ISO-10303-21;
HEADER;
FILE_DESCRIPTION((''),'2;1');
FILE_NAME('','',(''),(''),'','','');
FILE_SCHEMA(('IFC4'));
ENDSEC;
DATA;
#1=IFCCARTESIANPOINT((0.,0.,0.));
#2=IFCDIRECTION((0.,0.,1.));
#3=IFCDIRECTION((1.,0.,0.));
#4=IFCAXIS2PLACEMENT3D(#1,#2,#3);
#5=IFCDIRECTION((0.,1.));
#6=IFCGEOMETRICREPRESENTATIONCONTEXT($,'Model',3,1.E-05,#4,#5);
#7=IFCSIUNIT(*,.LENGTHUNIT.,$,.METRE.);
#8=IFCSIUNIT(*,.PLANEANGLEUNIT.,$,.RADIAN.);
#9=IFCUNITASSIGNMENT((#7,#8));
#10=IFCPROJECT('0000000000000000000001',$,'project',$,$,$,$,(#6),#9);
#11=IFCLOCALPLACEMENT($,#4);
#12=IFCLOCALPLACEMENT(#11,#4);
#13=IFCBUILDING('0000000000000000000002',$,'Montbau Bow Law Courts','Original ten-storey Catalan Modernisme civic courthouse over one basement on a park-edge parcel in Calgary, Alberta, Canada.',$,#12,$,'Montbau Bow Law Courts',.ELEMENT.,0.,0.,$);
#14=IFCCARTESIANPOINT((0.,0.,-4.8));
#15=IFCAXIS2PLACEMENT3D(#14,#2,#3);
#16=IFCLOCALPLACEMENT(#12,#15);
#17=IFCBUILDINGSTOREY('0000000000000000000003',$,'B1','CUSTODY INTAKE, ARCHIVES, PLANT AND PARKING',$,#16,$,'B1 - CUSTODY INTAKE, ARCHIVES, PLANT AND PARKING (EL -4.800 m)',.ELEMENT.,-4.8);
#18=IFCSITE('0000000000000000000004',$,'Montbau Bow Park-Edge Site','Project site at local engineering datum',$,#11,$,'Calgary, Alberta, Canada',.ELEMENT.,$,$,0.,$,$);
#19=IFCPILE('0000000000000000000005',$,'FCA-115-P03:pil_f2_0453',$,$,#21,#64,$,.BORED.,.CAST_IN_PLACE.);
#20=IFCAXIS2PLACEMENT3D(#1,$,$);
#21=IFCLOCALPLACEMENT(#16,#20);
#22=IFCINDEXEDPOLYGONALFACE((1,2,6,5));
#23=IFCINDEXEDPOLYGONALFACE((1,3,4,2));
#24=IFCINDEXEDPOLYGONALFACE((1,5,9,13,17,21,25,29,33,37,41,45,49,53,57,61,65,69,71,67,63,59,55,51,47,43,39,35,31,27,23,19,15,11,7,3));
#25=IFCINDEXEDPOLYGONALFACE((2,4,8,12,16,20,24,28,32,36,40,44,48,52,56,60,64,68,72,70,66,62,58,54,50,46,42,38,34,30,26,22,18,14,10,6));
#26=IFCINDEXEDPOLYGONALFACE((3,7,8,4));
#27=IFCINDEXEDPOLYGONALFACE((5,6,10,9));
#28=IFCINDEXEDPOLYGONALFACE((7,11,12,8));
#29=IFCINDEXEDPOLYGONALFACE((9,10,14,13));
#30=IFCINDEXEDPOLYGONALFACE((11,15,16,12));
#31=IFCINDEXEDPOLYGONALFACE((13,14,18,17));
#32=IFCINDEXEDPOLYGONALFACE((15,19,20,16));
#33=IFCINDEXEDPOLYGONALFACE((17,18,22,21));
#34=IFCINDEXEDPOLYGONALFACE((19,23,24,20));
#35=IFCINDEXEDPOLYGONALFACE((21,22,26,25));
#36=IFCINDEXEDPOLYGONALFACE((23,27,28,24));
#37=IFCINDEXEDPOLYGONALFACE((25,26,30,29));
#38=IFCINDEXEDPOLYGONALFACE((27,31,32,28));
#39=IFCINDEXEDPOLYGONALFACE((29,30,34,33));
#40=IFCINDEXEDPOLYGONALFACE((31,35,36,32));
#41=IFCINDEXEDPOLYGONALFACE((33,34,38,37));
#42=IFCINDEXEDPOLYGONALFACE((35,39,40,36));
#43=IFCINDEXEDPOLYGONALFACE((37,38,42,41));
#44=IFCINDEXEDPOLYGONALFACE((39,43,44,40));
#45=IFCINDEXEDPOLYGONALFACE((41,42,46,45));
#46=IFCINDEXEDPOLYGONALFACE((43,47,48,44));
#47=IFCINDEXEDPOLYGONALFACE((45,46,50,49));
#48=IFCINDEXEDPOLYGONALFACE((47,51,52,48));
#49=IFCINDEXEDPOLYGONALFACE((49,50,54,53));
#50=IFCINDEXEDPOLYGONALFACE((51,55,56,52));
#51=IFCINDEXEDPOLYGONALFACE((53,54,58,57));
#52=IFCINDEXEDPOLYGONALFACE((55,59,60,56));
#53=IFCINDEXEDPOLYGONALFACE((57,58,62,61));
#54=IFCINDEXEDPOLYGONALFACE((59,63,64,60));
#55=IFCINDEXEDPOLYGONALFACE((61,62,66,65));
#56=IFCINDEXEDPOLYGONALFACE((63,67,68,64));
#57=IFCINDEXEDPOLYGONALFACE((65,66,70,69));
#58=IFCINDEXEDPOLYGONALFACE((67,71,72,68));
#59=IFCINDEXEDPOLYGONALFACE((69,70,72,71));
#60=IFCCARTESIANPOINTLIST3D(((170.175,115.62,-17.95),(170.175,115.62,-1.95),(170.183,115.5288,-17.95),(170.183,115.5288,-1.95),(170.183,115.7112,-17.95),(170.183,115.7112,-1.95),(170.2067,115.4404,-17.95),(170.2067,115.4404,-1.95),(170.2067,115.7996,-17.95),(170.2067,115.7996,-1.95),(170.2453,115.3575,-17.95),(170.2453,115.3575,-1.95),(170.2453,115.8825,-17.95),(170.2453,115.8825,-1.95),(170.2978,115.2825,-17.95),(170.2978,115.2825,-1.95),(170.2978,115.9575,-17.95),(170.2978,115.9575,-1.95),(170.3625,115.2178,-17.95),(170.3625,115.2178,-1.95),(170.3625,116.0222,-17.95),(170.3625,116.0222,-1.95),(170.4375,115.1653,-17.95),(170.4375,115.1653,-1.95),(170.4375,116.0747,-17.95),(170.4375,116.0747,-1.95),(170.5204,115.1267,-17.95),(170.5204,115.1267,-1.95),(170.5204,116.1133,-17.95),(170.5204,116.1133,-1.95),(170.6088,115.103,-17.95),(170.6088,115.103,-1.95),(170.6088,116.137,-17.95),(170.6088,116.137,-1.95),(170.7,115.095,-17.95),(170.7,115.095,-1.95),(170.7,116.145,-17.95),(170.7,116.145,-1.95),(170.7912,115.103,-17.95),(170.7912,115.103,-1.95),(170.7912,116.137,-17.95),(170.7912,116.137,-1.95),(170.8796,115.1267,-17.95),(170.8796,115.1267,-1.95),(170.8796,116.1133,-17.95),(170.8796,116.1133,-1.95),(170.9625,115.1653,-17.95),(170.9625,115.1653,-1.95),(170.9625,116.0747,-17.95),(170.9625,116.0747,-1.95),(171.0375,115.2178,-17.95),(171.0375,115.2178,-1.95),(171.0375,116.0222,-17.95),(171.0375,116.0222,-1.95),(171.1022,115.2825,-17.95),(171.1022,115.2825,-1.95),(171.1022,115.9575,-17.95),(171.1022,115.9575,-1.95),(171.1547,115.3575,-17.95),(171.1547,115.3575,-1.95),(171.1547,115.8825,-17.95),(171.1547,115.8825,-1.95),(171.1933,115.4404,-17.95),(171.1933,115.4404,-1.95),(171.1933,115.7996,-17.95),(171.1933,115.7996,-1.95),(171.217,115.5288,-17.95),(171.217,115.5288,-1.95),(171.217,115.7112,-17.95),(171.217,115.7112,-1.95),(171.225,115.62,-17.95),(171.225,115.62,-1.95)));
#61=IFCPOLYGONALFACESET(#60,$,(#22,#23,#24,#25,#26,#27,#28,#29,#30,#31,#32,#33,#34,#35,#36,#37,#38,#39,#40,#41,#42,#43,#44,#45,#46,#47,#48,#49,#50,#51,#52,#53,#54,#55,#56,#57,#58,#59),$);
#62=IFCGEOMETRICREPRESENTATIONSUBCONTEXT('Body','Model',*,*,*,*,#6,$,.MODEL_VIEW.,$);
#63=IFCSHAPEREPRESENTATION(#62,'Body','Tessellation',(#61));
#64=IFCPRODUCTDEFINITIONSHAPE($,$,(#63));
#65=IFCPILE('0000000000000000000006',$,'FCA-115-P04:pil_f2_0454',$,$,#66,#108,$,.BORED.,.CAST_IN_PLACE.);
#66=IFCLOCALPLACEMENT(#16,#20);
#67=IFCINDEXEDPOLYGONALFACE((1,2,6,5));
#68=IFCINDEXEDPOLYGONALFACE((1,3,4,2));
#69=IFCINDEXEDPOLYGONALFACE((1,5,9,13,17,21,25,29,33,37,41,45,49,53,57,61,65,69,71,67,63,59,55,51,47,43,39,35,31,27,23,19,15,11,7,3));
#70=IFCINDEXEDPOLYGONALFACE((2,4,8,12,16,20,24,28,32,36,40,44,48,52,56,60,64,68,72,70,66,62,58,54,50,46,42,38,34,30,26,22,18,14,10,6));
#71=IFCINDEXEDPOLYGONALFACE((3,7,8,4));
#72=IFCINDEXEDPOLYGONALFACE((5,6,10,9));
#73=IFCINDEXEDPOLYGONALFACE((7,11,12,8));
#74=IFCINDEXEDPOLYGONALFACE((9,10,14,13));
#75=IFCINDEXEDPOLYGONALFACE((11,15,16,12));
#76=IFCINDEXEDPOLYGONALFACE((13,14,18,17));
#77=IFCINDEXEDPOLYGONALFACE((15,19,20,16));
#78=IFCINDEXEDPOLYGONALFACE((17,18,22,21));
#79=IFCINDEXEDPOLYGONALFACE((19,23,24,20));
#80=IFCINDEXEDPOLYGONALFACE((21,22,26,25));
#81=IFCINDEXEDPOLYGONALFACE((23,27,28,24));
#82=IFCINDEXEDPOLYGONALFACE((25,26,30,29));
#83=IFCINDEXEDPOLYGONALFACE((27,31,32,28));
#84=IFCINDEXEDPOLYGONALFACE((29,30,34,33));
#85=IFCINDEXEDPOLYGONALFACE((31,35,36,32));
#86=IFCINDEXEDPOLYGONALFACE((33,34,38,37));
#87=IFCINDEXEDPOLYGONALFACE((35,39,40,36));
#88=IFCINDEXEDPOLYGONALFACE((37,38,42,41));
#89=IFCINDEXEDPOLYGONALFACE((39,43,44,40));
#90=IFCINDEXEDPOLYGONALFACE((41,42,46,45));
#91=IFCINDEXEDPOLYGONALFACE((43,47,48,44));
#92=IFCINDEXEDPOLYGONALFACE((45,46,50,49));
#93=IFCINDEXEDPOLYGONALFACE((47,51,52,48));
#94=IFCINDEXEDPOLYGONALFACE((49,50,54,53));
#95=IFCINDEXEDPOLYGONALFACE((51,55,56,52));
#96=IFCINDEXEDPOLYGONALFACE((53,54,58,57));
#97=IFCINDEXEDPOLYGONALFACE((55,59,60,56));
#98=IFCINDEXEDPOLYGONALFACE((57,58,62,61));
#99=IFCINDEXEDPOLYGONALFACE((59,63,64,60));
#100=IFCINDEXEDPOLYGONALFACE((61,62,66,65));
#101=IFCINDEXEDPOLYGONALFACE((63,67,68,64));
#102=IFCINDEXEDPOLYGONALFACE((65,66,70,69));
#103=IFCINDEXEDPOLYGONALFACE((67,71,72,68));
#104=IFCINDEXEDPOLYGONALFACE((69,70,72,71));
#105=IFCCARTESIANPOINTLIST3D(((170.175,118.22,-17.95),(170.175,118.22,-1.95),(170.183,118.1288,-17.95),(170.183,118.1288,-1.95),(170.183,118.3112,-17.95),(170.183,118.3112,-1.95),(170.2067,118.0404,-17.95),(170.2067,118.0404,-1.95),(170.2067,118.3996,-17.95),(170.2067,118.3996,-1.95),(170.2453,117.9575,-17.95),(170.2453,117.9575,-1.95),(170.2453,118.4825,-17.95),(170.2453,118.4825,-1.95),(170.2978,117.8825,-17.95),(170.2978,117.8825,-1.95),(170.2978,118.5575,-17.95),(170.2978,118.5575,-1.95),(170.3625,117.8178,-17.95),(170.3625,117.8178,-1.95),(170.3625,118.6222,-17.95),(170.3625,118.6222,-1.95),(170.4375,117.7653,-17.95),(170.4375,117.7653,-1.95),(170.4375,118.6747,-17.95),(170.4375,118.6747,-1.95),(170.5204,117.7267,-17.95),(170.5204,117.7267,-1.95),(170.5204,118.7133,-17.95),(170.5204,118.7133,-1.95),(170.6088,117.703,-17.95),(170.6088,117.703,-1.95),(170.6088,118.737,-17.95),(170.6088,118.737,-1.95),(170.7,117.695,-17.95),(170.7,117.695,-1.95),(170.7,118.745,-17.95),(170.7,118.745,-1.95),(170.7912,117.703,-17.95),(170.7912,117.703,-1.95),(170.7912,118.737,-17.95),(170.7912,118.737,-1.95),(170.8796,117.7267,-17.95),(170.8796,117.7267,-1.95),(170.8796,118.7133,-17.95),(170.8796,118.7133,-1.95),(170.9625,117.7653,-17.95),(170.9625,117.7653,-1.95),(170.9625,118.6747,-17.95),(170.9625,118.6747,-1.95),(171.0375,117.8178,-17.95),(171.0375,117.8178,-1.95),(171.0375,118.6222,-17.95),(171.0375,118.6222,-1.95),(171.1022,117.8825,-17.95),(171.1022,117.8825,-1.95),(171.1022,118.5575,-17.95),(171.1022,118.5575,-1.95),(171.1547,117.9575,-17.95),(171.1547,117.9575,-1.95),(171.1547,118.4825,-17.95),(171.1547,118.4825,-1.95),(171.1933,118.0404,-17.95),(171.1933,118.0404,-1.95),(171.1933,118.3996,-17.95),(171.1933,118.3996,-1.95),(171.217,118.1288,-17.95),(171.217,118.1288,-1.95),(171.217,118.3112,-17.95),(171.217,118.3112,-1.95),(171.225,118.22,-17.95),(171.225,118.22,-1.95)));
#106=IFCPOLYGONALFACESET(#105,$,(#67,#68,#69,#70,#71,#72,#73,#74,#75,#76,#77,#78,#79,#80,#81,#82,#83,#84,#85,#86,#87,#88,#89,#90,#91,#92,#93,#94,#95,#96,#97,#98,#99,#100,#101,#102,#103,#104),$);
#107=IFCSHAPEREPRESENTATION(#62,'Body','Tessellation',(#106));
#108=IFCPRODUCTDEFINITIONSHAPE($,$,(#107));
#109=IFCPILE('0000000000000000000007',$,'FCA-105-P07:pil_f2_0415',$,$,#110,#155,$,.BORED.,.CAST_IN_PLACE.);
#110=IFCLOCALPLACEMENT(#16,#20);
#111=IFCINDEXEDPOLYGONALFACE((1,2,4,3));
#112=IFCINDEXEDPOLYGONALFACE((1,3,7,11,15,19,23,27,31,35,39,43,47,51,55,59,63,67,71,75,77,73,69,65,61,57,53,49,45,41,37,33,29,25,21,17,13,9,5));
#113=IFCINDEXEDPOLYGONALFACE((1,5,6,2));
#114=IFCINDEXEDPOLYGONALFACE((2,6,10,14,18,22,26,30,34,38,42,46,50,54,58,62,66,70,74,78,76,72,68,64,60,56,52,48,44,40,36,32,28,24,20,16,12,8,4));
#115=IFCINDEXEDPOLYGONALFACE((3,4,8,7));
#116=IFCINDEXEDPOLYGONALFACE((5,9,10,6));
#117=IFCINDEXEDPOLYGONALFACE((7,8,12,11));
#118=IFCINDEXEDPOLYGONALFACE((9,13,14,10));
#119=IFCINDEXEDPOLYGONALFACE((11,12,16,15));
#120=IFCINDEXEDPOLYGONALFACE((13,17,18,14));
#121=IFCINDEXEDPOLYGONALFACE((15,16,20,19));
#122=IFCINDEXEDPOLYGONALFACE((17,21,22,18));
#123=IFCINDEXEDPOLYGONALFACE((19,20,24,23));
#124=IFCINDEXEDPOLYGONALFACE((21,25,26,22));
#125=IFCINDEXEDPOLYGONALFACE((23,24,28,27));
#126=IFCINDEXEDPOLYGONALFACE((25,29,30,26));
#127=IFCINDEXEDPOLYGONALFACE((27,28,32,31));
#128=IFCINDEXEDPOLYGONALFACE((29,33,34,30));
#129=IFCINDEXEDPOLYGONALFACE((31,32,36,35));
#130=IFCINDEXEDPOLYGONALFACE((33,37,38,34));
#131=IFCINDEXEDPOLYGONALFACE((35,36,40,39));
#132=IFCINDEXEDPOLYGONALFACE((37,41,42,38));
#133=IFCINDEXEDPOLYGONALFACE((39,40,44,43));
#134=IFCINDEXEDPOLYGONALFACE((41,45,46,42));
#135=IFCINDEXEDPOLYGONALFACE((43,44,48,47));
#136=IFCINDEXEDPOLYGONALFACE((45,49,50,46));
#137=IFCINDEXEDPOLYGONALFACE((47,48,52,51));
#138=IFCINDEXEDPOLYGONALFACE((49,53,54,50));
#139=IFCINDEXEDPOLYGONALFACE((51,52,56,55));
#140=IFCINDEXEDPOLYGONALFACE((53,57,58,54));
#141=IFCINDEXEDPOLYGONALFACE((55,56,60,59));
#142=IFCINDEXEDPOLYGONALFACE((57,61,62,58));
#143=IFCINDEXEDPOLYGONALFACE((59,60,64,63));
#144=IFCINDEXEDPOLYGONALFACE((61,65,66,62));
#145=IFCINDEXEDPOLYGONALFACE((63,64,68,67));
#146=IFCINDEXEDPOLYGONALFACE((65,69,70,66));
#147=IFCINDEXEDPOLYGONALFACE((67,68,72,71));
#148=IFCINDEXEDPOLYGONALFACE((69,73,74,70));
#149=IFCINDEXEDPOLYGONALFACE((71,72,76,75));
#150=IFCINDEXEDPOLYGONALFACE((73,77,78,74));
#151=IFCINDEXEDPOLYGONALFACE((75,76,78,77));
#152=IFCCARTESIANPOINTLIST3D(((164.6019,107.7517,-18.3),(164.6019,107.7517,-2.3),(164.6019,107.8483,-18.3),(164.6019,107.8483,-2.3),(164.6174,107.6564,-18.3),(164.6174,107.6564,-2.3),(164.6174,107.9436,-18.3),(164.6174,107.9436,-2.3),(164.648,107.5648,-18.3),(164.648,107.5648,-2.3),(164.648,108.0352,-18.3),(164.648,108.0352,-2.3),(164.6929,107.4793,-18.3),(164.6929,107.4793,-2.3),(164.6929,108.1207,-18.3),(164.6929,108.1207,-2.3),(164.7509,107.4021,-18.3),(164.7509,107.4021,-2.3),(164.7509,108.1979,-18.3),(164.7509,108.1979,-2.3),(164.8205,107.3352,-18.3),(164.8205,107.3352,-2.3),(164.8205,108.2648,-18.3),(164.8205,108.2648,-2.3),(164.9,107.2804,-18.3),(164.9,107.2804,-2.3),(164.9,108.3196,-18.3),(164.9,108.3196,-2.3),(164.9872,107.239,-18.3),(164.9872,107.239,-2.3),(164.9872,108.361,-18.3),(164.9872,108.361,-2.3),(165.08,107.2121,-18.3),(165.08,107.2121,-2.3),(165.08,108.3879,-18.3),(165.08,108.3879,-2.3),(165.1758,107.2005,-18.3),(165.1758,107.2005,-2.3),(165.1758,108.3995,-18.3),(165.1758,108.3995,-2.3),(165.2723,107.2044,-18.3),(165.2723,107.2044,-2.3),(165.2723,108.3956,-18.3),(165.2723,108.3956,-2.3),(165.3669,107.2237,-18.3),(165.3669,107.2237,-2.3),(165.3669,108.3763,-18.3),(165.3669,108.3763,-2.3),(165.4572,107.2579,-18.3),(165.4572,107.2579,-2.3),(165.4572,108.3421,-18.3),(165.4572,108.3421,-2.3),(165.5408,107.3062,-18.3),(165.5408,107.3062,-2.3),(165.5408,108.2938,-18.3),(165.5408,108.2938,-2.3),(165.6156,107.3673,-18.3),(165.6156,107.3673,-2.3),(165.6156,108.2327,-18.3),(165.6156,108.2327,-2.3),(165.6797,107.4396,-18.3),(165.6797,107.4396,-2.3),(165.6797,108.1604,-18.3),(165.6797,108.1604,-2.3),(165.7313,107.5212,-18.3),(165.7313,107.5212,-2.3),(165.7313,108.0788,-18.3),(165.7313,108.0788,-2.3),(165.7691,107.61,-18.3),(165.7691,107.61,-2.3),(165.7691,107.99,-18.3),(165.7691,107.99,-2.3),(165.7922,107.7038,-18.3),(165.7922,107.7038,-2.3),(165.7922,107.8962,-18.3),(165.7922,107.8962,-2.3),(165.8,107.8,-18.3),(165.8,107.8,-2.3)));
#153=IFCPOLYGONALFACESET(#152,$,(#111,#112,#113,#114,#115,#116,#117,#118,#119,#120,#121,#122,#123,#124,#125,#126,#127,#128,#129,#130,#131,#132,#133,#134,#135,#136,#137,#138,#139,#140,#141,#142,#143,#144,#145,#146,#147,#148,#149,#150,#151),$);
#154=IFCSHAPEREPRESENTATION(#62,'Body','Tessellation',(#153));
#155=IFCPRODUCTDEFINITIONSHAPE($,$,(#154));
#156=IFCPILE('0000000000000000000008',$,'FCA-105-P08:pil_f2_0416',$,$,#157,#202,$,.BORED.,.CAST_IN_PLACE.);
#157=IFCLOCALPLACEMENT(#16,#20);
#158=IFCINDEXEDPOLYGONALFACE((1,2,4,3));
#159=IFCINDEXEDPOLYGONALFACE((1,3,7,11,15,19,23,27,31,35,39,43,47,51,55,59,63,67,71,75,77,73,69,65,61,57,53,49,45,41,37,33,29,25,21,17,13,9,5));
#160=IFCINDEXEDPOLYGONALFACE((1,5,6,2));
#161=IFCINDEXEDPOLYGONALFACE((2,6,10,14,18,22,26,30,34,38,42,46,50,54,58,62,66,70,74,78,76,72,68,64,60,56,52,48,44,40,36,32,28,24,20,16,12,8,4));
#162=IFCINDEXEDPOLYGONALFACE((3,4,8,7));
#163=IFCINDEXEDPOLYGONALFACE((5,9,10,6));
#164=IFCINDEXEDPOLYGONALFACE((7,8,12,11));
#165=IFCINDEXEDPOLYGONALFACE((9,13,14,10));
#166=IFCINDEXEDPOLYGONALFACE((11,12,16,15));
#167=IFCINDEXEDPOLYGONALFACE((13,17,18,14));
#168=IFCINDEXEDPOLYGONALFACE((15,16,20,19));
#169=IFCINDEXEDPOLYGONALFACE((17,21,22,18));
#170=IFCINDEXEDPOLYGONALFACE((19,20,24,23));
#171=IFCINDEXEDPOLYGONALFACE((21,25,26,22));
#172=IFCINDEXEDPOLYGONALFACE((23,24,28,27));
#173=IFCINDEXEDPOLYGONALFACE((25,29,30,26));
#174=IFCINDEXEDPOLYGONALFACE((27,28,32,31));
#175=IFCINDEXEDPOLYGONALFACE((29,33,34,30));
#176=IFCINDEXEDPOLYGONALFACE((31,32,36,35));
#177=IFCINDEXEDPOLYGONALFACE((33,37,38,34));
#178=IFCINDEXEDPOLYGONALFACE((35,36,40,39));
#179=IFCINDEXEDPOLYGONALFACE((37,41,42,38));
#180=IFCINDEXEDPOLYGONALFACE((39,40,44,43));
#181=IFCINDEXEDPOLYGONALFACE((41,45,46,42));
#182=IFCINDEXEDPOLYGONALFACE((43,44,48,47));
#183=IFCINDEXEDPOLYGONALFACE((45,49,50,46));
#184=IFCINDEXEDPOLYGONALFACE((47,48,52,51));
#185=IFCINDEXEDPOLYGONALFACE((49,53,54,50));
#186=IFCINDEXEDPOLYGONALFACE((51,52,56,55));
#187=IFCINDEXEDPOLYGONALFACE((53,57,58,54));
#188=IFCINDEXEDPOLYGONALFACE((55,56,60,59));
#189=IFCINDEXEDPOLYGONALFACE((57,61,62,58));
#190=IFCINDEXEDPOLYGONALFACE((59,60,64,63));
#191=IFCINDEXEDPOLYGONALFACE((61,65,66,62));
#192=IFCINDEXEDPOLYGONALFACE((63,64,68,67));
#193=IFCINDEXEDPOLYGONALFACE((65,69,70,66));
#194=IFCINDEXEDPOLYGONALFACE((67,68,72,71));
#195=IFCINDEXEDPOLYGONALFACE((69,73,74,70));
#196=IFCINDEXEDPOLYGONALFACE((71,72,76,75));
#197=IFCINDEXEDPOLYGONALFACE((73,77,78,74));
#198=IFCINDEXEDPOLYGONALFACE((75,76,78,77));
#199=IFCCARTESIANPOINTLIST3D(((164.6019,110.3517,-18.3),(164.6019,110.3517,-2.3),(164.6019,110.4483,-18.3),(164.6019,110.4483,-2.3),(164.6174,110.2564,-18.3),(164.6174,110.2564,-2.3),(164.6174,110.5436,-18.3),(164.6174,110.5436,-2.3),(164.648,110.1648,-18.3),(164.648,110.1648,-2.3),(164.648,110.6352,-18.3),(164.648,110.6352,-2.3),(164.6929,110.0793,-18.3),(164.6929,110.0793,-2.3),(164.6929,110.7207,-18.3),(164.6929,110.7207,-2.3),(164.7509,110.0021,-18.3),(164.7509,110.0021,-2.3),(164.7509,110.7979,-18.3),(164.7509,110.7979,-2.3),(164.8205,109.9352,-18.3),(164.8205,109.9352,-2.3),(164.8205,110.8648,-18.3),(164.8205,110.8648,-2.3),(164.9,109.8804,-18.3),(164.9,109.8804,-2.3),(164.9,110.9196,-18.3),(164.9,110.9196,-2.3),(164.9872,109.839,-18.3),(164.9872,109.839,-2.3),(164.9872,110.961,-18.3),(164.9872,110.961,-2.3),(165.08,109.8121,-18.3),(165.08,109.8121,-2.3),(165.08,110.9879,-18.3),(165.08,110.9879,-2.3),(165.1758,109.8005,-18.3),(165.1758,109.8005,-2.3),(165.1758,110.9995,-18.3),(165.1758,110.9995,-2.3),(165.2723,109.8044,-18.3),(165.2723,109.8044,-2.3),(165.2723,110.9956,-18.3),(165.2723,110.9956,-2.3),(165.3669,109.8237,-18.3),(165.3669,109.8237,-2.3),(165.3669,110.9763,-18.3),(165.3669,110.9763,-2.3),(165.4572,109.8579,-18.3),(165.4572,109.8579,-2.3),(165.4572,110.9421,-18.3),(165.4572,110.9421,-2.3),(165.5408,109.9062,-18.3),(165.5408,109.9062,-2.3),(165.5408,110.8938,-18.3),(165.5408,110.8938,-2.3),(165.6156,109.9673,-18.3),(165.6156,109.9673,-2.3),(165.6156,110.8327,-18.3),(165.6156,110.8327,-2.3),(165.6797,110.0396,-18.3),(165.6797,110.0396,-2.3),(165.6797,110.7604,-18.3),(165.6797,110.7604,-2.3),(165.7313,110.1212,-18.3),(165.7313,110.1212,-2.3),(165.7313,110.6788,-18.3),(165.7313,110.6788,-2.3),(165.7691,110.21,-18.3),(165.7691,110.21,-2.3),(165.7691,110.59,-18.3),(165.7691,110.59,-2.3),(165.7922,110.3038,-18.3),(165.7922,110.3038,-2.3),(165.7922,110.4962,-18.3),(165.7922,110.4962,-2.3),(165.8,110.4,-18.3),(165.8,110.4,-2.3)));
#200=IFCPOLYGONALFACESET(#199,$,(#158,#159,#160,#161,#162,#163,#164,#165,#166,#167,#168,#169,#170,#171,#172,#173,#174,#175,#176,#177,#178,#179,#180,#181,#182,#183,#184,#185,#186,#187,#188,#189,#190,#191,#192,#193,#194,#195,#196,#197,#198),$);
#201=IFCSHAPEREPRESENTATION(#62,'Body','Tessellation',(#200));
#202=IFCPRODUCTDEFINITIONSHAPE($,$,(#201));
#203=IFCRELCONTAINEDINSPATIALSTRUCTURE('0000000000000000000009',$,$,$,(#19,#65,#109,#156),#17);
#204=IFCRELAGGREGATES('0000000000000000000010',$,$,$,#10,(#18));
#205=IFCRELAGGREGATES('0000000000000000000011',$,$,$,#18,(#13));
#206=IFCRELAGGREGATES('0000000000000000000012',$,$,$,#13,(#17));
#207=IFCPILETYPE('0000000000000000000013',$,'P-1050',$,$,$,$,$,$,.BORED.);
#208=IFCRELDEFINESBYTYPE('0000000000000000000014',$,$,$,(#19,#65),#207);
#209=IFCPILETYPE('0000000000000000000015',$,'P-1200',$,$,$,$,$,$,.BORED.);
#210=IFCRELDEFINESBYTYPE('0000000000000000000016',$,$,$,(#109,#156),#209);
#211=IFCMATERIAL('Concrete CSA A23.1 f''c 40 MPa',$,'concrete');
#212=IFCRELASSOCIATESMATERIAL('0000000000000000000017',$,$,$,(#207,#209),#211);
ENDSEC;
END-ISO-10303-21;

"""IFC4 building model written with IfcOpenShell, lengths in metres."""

from ifc_helpers import new_model, si_unit, direction, frame, origin_with_axes, origin_2d_with_axis, place, context, subcontext, project, spatial, circle, extrude, material, material_profile, profile_set, type_object, element, save


model = new_model("IFC4")

# Units and contexts
model_context = context("Model", 3, precision=1e-05, world=origin_with_axes(), true_north=direction((0.0, 1.0)))
body_context = subcontext(model_context, "Body", "Model", "MODEL_VIEW")
ifc_project = project(units=[si_unit("LENGTHUNIT", "METRE"), si_unit("PLANEANGLEUNIT", "RADIAN")], contexts=[model_context])

# Site, building, storey
site_placement = place(None, origin_with_axes())
site = spatial("IfcSite", under=ifc_project, at=site_placement, Name="Montbau Bow Park-Edge Site", Description="Project site at local engineering datum", LongName="Calgary, Alberta, Canada", CompositionType="ELEMENT", RefElevation=0.0)
building_placement = place(site_placement, origin_with_axes())
building = spatial("IfcBuilding", under=site, at=building_placement, Name="Montbau Bow Law Courts", Description="Original ten-storey Catalan Modernisme civic courthouse over one basement on a park-edge parcel in Calgary, Alberta, Canada.", LongName="Montbau Bow Law Courts", CompositionType="ELEMENT", ElevationOfRefHeight=0.0, ElevationOfTerrain=0.0)
storey_placement = place(building_placement, frame((0.0, 0.0, -4.8), z_axis=(0.0, 0.0, 1.0), x_axis=(1.0, 0.0, 0.0)))
storey = spatial("IfcBuildingStorey", under=building, at=storey_placement, Name="B1", Description="CUSTODY INTAKE, ARCHIVES, PLANT AND PARKING", LongName="B1 - CUSTODY INTAKE, ARCHIVES, PLANT AND PARKING (EL -4.800 m)", CompositionType="ELEMENT", Elevation=-4.8)

# Piles
ifc_material_1 = material(Name="Concrete CSA A23.1 f'c 40 MPa", Category="concrete")
ifc_material_profile_1 = material_profile(ifc_material_1, circle(Radius=0.525, at=origin_2d_with_axis()), Name="BP1050", Category="Main", Priority=0)
ifc_profile_set_1 = profile_set([ifc_material_profile_1], Name="Concrete CSA A23.1 f'c 40 MPa")
pile_type_1 = type_object("IfcPileType", Name="P-1050", PredefinedType="BORED", material=ifc_profile_set_1)
for number, where, z_axis, x_axis, name in (
    (1, (170.7, 115.62, -22.75), (0.0, 0.0, 1.0), (1.0, 0.0, 0.0), "FCA-115-P03:pil_f2_0453"),
    (2, (170.7, 118.22, -22.75), (0.0, 0.0, 1.0), (1.0, 0.0, 0.0), "FCA-115-P04:pil_f2_0454"),
):
    element("IfcPile", number, at=place(None, frame(where, z_axis=z_axis, x_axis=x_axis)), inside=storey, type_object=pile_type_1, Name=name, ConstructionType="CAST_IN_PLACE", PredefinedType="BORED", context=body_context, shape_type="SweptSolid", body=[
        extrude(circle(Radius=0.525, at=origin_2d_with_axis()), origin_with_axes(), (0.0, 0.0, 1.0), 16.0),
    ])
ifc_material_profile_2 = material_profile(ifc_material_1, circle(Radius=0.6, at=origin_2d_with_axis()), Name="BP1200", Category="Main", Priority=0)
ifc_profile_set_2 = profile_set([ifc_material_profile_2], Name="Concrete CSA A23.1 f'c 40 MPa")
pile_type_2 = type_object("IfcPileType", Name="P-1200", PredefinedType="BORED", material=ifc_profile_set_2)
for number, where, z_axis, x_axis, name in (
    (3, (165.2, 107.8, -23.1), (0.0, 0.0, 1.0), (1.0, 0.0, 0.0), "FCA-105-P07:pil_f2_0415"),
    (4, (165.2, 110.4, -23.1), (0.0, 0.0, 1.0), (1.0, 0.0, 0.0), "FCA-105-P08:pil_f2_0416"),
):
    element("IfcPile", number, at=place(None, frame(where, z_axis=z_axis, x_axis=x_axis)), inside=storey, type_object=pile_type_2, Name=name, ConstructionType="CAST_IN_PLACE", PredefinedType="BORED", context=body_context, shape_type="SweptSolid", body=[
        extrude(circle(Radius=0.6, at=origin_2d_with_axis()), origin_with_axes(), (0.0, 0.0, 1.0), 16.0),
    ])

save(model, "model.ifc")
